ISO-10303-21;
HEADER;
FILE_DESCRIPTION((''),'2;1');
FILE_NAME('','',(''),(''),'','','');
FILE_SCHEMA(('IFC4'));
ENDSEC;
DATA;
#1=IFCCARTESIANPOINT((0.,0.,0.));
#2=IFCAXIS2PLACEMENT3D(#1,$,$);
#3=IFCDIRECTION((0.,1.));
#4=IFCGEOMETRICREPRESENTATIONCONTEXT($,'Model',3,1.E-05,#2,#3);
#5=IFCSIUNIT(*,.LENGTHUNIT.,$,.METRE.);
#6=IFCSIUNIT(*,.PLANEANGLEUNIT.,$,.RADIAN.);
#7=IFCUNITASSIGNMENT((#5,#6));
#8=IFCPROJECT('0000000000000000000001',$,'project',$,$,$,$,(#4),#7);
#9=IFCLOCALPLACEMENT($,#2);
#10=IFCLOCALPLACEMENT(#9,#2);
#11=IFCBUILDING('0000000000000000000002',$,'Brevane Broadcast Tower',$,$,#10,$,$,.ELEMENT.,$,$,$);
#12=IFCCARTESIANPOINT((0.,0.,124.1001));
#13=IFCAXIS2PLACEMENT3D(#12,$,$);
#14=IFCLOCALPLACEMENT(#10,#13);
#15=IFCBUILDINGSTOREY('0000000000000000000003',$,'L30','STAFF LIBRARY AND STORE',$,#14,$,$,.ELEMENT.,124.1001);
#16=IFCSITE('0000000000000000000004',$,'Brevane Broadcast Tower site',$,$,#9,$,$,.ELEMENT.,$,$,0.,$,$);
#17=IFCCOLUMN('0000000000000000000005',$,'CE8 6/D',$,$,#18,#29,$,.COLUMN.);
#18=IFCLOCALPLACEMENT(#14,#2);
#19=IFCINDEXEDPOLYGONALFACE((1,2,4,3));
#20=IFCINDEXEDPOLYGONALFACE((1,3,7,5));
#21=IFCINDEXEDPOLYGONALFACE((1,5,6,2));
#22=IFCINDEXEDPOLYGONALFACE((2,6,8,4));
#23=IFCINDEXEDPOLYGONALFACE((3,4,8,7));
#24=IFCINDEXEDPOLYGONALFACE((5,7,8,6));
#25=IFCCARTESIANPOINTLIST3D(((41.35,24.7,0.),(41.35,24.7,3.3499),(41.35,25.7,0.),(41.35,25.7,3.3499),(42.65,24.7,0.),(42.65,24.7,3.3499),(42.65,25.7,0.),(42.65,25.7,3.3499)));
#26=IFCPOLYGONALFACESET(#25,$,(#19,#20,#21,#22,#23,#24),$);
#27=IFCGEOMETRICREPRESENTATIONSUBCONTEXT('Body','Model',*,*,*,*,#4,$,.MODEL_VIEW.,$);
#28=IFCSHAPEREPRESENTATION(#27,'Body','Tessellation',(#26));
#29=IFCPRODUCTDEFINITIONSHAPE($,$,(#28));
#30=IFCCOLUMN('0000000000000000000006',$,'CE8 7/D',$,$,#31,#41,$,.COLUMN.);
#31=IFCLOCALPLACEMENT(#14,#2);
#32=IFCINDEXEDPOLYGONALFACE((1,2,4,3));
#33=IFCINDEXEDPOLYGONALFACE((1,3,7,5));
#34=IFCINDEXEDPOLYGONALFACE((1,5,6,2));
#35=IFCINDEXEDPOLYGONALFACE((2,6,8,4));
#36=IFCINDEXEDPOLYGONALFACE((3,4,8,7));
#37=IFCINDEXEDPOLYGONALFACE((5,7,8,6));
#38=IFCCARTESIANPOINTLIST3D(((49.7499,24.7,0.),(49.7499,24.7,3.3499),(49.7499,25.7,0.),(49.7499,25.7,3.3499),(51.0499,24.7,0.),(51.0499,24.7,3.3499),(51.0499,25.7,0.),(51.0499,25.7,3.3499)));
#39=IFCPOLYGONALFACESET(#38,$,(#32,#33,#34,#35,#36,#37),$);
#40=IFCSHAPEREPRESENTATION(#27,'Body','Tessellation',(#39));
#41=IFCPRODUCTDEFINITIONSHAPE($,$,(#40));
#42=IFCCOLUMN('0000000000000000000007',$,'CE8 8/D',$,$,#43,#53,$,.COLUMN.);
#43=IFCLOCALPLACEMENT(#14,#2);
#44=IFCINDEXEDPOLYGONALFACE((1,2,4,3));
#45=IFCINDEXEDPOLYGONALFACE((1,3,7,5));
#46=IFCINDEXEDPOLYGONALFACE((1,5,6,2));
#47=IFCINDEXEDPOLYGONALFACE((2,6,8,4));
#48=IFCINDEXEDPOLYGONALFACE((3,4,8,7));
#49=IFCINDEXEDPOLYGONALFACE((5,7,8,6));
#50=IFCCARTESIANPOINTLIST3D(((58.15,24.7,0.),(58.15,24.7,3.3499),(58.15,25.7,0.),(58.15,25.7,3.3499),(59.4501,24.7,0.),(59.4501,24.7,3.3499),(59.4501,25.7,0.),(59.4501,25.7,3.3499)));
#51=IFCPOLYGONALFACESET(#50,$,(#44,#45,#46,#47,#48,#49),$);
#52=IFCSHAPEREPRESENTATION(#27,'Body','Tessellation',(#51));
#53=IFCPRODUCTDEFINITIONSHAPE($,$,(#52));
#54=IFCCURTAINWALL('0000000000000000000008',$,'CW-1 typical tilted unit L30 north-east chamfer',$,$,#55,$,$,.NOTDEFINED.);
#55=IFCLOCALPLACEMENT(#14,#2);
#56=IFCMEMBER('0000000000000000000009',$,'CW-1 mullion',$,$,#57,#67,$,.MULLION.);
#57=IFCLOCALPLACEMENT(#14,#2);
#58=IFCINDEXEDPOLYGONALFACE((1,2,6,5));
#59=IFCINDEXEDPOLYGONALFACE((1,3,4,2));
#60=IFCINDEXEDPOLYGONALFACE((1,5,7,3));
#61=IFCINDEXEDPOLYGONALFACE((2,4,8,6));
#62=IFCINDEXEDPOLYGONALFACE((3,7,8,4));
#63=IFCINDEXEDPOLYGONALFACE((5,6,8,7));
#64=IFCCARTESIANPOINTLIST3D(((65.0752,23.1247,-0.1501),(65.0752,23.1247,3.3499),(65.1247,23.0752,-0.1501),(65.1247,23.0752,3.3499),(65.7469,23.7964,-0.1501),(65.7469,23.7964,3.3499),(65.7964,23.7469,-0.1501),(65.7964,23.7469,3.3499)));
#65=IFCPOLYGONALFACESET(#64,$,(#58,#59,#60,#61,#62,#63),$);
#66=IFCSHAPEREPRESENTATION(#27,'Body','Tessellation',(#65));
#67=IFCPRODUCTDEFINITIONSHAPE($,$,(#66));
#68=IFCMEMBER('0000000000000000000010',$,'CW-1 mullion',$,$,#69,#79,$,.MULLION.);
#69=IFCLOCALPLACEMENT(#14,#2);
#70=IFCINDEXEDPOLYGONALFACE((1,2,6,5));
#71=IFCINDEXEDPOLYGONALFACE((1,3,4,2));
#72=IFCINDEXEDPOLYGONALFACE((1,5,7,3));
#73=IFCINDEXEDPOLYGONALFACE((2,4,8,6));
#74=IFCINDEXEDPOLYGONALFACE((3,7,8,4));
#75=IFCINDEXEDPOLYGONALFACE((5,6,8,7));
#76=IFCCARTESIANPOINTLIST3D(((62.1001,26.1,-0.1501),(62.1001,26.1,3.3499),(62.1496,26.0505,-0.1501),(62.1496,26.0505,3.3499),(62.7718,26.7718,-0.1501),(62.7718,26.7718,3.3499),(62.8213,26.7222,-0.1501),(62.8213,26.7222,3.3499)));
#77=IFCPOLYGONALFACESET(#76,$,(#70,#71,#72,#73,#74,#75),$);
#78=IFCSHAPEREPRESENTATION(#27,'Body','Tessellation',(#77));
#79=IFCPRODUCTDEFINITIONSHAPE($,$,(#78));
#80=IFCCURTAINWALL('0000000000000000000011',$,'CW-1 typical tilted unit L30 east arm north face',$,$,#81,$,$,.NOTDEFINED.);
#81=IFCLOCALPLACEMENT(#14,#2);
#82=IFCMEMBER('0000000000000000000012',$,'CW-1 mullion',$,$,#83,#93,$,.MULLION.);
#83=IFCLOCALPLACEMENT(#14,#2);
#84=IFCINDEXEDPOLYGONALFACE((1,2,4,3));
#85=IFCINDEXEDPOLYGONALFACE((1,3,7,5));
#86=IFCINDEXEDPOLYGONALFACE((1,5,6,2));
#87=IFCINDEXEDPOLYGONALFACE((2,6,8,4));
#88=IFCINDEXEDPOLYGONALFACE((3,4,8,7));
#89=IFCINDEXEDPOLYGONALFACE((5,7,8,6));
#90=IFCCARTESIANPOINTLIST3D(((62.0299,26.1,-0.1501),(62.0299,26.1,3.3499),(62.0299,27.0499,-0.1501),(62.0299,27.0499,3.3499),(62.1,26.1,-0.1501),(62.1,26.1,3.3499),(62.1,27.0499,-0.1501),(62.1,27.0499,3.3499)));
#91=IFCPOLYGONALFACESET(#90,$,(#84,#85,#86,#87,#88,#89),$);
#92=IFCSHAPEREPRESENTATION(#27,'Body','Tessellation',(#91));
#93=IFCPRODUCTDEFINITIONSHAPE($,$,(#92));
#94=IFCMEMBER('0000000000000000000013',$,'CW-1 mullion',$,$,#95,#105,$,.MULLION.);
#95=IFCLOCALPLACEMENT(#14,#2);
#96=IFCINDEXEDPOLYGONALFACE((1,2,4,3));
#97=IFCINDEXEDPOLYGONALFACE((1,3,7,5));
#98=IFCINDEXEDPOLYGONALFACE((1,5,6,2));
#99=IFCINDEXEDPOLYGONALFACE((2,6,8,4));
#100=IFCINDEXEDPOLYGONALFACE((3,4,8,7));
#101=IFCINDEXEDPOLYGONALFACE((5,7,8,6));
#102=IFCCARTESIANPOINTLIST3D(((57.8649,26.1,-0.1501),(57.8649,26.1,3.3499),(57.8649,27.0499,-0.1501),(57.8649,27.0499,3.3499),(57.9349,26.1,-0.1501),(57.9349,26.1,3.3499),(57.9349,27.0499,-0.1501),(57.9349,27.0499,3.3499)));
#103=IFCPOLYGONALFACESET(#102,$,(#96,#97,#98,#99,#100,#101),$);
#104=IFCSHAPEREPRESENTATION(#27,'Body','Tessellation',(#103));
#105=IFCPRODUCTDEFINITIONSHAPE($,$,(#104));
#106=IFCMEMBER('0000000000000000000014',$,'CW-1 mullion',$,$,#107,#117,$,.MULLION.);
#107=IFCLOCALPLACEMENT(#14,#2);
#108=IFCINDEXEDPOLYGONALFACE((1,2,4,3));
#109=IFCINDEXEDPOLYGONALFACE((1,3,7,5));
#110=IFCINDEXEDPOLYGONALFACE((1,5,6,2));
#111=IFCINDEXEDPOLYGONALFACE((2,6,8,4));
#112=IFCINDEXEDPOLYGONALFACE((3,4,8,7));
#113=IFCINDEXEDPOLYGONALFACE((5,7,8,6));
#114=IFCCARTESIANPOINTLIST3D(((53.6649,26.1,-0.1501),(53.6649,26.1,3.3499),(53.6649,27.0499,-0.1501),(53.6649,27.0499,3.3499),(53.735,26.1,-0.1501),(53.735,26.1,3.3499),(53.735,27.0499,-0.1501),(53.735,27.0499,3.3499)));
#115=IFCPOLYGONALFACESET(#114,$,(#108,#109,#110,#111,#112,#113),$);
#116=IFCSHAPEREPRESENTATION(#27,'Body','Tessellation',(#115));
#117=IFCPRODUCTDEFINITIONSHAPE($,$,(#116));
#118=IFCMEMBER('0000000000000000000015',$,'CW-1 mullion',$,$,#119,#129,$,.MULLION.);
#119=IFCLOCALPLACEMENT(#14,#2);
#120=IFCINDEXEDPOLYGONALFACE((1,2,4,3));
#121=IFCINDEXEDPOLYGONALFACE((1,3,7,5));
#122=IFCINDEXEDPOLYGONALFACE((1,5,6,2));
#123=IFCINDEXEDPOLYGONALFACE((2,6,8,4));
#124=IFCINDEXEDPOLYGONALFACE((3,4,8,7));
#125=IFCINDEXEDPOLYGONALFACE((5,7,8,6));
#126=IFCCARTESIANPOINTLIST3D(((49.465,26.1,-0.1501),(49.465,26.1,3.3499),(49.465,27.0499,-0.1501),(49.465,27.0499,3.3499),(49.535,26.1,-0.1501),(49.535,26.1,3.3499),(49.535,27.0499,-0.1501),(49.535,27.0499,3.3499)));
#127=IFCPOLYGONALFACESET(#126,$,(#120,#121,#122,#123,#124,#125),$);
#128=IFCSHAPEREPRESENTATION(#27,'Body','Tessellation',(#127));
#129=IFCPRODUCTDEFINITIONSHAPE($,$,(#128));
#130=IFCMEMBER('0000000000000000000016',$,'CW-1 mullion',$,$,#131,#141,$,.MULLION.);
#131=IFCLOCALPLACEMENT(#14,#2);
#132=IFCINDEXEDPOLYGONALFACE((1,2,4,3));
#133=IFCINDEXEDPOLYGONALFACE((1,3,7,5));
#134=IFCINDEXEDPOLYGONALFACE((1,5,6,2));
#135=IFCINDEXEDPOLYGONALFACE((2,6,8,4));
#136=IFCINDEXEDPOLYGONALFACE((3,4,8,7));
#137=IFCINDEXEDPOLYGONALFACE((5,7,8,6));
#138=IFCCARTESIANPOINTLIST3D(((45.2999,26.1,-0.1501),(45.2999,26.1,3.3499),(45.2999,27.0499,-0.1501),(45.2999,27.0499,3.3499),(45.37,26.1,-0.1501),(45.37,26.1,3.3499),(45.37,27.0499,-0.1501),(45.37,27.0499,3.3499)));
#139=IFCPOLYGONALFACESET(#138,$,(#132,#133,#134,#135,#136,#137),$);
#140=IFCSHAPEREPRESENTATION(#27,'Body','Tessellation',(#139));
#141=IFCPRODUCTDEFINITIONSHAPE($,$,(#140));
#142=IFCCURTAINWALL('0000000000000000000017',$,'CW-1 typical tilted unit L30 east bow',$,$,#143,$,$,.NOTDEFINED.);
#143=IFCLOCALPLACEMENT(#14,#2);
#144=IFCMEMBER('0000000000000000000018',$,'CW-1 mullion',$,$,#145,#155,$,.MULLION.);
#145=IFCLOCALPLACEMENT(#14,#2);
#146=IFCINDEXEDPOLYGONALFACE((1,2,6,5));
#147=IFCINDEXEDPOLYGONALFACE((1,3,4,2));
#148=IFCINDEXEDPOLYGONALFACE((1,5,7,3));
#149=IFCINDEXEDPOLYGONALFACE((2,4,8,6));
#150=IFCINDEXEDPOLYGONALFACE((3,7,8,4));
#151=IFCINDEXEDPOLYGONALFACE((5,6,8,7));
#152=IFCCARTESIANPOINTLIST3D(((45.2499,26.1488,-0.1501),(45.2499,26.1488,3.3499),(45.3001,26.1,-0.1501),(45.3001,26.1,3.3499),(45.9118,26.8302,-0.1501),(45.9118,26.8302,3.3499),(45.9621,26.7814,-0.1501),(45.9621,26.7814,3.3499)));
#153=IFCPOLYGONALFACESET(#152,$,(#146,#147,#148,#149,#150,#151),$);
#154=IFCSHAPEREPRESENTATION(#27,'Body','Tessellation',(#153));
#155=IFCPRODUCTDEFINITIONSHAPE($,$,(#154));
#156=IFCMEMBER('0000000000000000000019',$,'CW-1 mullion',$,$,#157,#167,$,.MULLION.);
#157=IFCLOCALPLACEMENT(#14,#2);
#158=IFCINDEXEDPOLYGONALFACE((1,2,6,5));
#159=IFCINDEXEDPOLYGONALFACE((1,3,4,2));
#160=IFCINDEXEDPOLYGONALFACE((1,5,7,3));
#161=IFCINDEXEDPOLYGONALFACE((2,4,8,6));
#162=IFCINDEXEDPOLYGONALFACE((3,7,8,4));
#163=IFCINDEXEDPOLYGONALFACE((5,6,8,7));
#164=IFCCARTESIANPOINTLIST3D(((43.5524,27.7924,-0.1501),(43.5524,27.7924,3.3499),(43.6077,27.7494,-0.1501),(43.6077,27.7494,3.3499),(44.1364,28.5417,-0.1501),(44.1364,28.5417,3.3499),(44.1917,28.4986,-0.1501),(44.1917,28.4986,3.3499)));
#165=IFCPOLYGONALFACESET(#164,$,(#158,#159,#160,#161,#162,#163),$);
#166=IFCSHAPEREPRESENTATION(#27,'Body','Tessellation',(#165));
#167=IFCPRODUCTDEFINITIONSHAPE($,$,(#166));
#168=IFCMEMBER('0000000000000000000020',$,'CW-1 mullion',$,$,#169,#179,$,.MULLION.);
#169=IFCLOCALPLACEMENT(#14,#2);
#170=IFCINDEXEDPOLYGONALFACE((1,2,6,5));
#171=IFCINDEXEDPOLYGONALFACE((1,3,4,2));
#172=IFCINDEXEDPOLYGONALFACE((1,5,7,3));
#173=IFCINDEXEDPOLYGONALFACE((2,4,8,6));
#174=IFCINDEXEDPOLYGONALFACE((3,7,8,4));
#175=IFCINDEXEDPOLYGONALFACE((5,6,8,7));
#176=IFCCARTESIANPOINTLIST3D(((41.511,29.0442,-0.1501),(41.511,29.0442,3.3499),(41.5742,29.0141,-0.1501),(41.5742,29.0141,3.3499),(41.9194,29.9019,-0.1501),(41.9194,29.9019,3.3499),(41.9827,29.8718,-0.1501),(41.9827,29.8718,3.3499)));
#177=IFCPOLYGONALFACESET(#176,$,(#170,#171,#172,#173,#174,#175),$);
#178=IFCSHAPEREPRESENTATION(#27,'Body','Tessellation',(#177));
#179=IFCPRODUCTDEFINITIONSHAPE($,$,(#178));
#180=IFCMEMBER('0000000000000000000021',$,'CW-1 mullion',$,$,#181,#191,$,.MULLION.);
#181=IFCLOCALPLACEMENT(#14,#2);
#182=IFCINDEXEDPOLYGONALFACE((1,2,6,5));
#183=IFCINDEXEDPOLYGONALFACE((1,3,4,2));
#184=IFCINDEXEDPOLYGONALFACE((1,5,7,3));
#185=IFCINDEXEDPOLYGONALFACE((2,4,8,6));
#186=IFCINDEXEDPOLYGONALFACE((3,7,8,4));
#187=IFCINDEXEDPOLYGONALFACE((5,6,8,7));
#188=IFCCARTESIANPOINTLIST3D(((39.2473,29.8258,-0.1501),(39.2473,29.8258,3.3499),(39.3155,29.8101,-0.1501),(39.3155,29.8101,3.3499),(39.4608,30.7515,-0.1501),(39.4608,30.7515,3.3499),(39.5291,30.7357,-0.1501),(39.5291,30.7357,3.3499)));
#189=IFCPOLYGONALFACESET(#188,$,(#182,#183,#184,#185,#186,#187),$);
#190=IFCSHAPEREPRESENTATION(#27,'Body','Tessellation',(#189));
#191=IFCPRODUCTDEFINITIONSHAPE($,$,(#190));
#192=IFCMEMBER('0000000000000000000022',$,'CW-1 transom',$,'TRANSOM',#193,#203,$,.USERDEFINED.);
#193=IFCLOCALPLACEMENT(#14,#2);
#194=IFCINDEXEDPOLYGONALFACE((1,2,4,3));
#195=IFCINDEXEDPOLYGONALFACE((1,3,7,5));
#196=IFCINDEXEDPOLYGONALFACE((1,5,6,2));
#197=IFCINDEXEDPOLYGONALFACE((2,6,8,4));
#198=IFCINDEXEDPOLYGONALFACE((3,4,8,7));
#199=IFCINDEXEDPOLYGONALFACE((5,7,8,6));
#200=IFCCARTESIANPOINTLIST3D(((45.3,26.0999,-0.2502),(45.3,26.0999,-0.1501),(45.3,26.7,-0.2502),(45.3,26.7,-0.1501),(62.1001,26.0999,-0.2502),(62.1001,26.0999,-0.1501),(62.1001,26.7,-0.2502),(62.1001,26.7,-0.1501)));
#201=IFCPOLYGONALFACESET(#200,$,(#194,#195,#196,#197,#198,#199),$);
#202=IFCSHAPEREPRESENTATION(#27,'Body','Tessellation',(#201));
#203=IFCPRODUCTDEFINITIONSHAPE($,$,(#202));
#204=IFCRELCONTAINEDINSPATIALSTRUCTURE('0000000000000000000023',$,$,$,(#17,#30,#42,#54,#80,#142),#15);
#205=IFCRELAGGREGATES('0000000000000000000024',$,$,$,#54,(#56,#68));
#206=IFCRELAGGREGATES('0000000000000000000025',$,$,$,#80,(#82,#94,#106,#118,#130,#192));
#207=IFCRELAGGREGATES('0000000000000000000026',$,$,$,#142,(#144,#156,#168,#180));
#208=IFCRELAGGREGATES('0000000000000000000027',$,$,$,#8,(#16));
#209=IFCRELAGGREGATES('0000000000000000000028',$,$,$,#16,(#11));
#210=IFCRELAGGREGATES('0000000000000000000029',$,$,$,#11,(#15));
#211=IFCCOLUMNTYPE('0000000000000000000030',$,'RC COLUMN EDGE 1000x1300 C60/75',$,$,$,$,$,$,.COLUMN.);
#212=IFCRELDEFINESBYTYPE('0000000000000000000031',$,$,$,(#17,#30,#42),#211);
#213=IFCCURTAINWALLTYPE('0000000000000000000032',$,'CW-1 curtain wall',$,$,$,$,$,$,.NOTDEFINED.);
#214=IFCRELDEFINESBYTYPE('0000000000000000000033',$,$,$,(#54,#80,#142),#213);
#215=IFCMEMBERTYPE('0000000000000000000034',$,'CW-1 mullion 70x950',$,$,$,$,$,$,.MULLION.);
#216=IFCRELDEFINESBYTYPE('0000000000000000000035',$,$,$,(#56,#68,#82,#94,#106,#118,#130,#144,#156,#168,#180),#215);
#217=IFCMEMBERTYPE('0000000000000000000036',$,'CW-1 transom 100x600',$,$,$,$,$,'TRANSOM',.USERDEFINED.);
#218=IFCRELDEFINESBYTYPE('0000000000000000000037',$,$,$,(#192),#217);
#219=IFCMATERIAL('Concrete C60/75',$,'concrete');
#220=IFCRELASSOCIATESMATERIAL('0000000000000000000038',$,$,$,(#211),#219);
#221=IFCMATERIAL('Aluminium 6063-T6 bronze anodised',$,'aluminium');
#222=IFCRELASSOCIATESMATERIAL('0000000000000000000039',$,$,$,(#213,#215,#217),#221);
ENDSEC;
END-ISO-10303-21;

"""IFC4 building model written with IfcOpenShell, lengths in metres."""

from ifc_helpers import new_model, si_unit, direction, frame, origin, origin_2d, place, context, subcontext, project, spatial, rectangle, extrude, material, material_profile, profile_set, type_object, element, aggregate, save


model = new_model("IFC4")

# Units and contexts
model_context = context("Model", 3, precision=1e-05, world=origin(), true_north=direction((0.0, 1.0)))
body_context = subcontext(model_context, "Body", "Model", "MODEL_VIEW")
ifc_project = project(units=[si_unit("LENGTHUNIT", "METRE"), si_unit("PLANEANGLEUNIT", "RADIAN")], contexts=[model_context])

# Site, building, storey
site_placement = place(None, origin())
site = spatial("IfcSite", under=ifc_project, at=site_placement, Name="Brevane Broadcast Tower site", CompositionType="ELEMENT", RefElevation=0.0)
building_placement = place(site_placement, origin())
building = spatial("IfcBuilding", under=site, at=building_placement, Name="Brevane Broadcast Tower", CompositionType="ELEMENT")
storey_placement = place(building_placement, frame((0.0, 0.0, 124.1001)))
storey = spatial("IfcBuildingStorey", under=building, at=storey_placement, Name="L30", Description="STAFF LIBRARY AND STORE", CompositionType="ELEMENT", Elevation=124.1001)

# Columns
ifc_material_1 = material(Name="Concrete C60/75", Category="concrete")
ifc_material_profile_1 = material_profile(ifc_material_1, rectangle(XDim=1.0, YDim=1.3, at=origin_2d()), Name="RC 1000x1300")
ifc_profile_set_1 = profile_set([ifc_material_profile_1], Name="Concrete C60/75")
column_type = type_object("IfcColumnType", Name="RC COLUMN EDGE 1000x1300 C60/75", PredefinedType="COLUMN", material=ifc_profile_set_1)
for number, where, z_axis, x_axis, name in (
    (1, (42.0, 25.2, 0.0), (0.0, 0.0, 1.0), (0.0, 1.0, 0.0), "CE8 6/D"),
    (2, (50.3999, 25.2, 0.0), (0.0, 0.0, 1.0), (0.0, 1.0, 0.0), "CE8 7/D"),
    (3, (58.8, 25.2, 0.0), (0.0, 0.0, 1.0), (0.0, 1.0, 0.0), "CE8 8/D"),
):
    element("IfcColumn", number, at=place(storey_placement, frame(where, z_axis=z_axis, x_axis=x_axis)), inside=storey, type_object=column_type, Name=name, PredefinedType="COLUMN", context=body_context, shape_type="SweptSolid", body=[
        extrude(rectangle(XDim=1.0, YDim=1.3, at=origin_2d()), origin(), (0.0, 0.0, 1.0), 3.3499),
    ])

# Curtain walls, members
ifc_material_2 = material(Name="Aluminium 6063-T6 bronze anodised", Category="aluminium")
curtain_wall_type = type_object("IfcCurtainWallType", Name="CW-1 curtain wall", PredefinedType="NOTDEFINED", material=ifc_material_2)
curtain_wall_1_placement = place(storey_placement, origin())
curtain_wall_1 = element("IfcCurtainWall", 4, at=curtain_wall_1_placement, inside=storey, type_object=curtain_wall_type, Name="CW-1 typical tilted unit L30 north-east chamfer", PredefinedType="NOTDEFINED")
ifc_material_profile_2 = material_profile(ifc_material_2, rectangle(XDim=0.95, YDim=0.0701, at=origin_2d()), Name="RECT 70x950")
ifc_profile_set_2 = profile_set([ifc_material_profile_2], Name="Aluminium 6063-T6 bronze anodised")
member_type_1 = type_object("IfcMemberType", Name="CW-1 mullion 70x950", PredefinedType="MULLION", material=ifc_profile_set_2)
member_1_placement = place(storey_placement, frame((65.4358, 23.4358, -0.1501), z_axis=(0.0, 0.0, 1.0), x_axis=(-0.707107, -0.707107, 0.0)))
member_1 = element("IfcMember", 5, at=member_1_placement, type_object=member_type_1, Name="CW-1 mullion", PredefinedType="MULLION", context=body_context, shape_type="SweptSolid", body=[
    extrude(rectangle(XDim=0.95, YDim=0.0701, at=origin_2d()), origin(), (0.0, 0.0, 1.0), 3.5),
])
member_2_placement = place(storey_placement, frame((62.4607, 26.4111, -0.1501), z_axis=(0.0, 0.0, 1.0), x_axis=(-0.707107, -0.707107, 0.0)))
member_2 = element("IfcMember", 6, at=member_2_placement, type_object=member_type_1, Name="CW-1 mullion", PredefinedType="MULLION", context=body_context, shape_type="SweptSolid", body=[
    extrude(rectangle(XDim=0.95, YDim=0.0701, at=origin_2d()), origin(), (0.0, 0.0, 1.0), 3.5),
])
aggregate(curtain_wall_1, [member_1, member_2])
curtain_wall_2_placement = place(storey_placement, origin())
curtain_wall_2 = element("IfcCurtainWall", 7, at=curtain_wall_2_placement, inside=storey, type_object=curtain_wall_type, Name="CW-1 typical tilted unit L30 east arm north face", PredefinedType="NOTDEFINED")
member_3_placement = place(storey_placement, frame((62.0649, 26.575, -0.1501), z_axis=(0.0, 0.0, 1.0), x_axis=(0.0, -1.0, 0.0)))
member_3 = element("IfcMember", 8, at=member_3_placement, type_object=member_type_1, Name="CW-1 mullion", PredefinedType="MULLION", context=body_context, shape_type="SweptSolid", body=[
    extrude(rectangle(XDim=0.95, YDim=0.0701, at=origin_2d()), origin(), (0.0, 0.0, 1.0), 3.5),
])
member_4_placement = place(storey_placement, frame((57.8999, 26.575, -0.1501), z_axis=(0.0, 0.0, 1.0), x_axis=(0.0, -1.0, 0.0)))
member_4 = element("IfcMember", 9, at=member_4_placement, type_object=member_type_1, Name="CW-1 mullion", PredefinedType="MULLION", context=body_context, shape_type="SweptSolid", body=[
    extrude(rectangle(XDim=0.95, YDim=0.0701, at=origin_2d()), origin(), (0.0, 0.0, 1.0), 3.5),
])
member_5_placement = place(storey_placement, frame((53.7, 26.575, -0.1501), z_axis=(0.0, 0.0, 1.0), x_axis=(0.0, -1.0, 0.0)))
member_5 = element("IfcMember", 10, at=member_5_placement, type_object=member_type_1, Name="CW-1 mullion", PredefinedType="MULLION", context=body_context, shape_type="SweptSolid", body=[
    extrude(rectangle(XDim=0.95, YDim=0.0701, at=origin_2d()), origin(), (0.0, 0.0, 1.0), 3.5),
])
member_6_placement = place(storey_placement, frame((49.5, 26.575, -0.1501), z_axis=(0.0, 0.0, 1.0), x_axis=(0.0, -1.0, 0.0)))
member_6 = element("IfcMember", 11, at=member_6_placement, type_object=member_type_1, Name="CW-1 mullion", PredefinedType="MULLION", context=body_context, shape_type="SweptSolid", body=[
    extrude(rectangle(XDim=0.95, YDim=0.0701, at=origin_2d()), origin(), (0.0, 0.0, 1.0), 3.5),
])
member_7_placement = place(storey_placement, frame((45.335, 26.575, -0.1501), z_axis=(0.0, 0.0, 1.0), x_axis=(0.0, -1.0, 0.0)))
member_7 = element("IfcMember", 12, at=member_7_placement, type_object=member_type_1, Name="CW-1 mullion", PredefinedType="MULLION", context=body_context, shape_type="SweptSolid", body=[
    extrude(rectangle(XDim=0.95, YDim=0.0701, at=origin_2d()), origin(), (0.0, 0.0, 1.0), 3.5),
])
curtain_wall_3_placement = place(storey_placement, origin())
curtain_wall_3 = element("IfcCurtainWall", 13, at=curtain_wall_3_placement, inside=storey, type_object=curtain_wall_type, Name="CW-1 typical tilted unit L30 east bow", PredefinedType="NOTDEFINED")
member_8_placement = place(storey_placement, frame((45.606, 26.4651, -0.1501), z_axis=(0.0, 0.0, 1.0), x_axis=(-0.696812, -0.717254, 0.0)))
member_8 = element("IfcMember", 14, at=member_8_placement, type_object=member_type_1, Name="CW-1 mullion", PredefinedType="MULLION", context=body_context, shape_type="SweptSolid", body=[
    extrude(rectangle(XDim=0.95, YDim=0.0701, at=origin_2d()), origin(), (0.0, 0.0, 1.0), 3.5),
])
member_9_placement = place(storey_placement, frame((43.8721, 28.1455, -0.1501), z_axis=(0.0, 0.0, 1.0), x_axis=(-0.61477, -0.788707, 0.0)))
member_9 = element("IfcMember", 15, at=member_9_placement, type_object=member_type_1, Name="CW-1 mullion", PredefinedType="MULLION", context=body_context, shape_type="SweptSolid", body=[
    extrude(rectangle(XDim=0.95, YDim=0.0701, at=origin_2d()), origin(), (0.0, 0.0, 1.0), 3.5),
])
member_10_placement = place(storey_placement, frame((41.7468, 29.458, -0.1501), z_axis=(0.0, 0.0, 1.0), x_axis=(-0.429934, -0.902861, 0.0)))
member_10 = element("IfcMember", 16, at=member_10_placement, type_object=member_type_1, Name="CW-1 mullion", PredefinedType="MULLION", context=body_context, shape_type="SweptSolid", body=[
    extrude(rectangle(XDim=0.95, YDim=0.0701, at=origin_2d()), origin(), (0.0, 0.0, 1.0), 3.5),
])
member_11_placement = place(storey_placement, frame((39.3882, 30.2808, -0.1501), z_axis=(0.0, 0.0, 1.0), x_axis=(-0.224806, -0.974403, 0.0)))
member_11 = element("IfcMember", 17, at=member_11_placement, type_object=member_type_1, Name="CW-1 mullion", PredefinedType="MULLION", context=body_context, shape_type="SweptSolid", body=[
    extrude(rectangle(XDim=0.95, YDim=0.0701, at=origin_2d()), origin(), (0.0, 0.0, 1.0), 3.5),
])

# Member
ifc_material_profile_3 = material_profile(ifc_material_2, rectangle(XDim=0.6001, YDim=0.1001, at=origin_2d()), Name="RECT 100x600")
ifc_profile_set_3 = profile_set([ifc_material_profile_3], Name="Aluminium 6063-T6 bronze anodised")
member_type_2 = type_object("IfcMemberType", Name="CW-1 transom 100x600", ElementType="TRANSOM", PredefinedType="USERDEFINED", material=ifc_profile_set_3)
member_12_placement = place(storey_placement, frame((62.1001, 26.3999, -0.2002), z_axis=(-1.0, 0.0, 0.0), x_axis=(0.0, -1.0, 0.0)))
member_12 = element("IfcMember", 18, at=member_12_placement, type_object=member_type_2, Name="CW-1 transom", ObjectType="TRANSOM", PredefinedType="USERDEFINED", context=body_context, shape_type="SweptSolid", body=[
    extrude(rectangle(XDim=0.6001, YDim=0.1001, at=origin_2d()), origin(), (0.0, 0.0, 1.0), 16.8),
])
aggregate(curtain_wall_2, [member_3, member_4, member_5, member_6, member_7, member_12])
aggregate(curtain_wall_3, [member_8, member_9, member_10, member_11])

save(model, "model.ifc")
